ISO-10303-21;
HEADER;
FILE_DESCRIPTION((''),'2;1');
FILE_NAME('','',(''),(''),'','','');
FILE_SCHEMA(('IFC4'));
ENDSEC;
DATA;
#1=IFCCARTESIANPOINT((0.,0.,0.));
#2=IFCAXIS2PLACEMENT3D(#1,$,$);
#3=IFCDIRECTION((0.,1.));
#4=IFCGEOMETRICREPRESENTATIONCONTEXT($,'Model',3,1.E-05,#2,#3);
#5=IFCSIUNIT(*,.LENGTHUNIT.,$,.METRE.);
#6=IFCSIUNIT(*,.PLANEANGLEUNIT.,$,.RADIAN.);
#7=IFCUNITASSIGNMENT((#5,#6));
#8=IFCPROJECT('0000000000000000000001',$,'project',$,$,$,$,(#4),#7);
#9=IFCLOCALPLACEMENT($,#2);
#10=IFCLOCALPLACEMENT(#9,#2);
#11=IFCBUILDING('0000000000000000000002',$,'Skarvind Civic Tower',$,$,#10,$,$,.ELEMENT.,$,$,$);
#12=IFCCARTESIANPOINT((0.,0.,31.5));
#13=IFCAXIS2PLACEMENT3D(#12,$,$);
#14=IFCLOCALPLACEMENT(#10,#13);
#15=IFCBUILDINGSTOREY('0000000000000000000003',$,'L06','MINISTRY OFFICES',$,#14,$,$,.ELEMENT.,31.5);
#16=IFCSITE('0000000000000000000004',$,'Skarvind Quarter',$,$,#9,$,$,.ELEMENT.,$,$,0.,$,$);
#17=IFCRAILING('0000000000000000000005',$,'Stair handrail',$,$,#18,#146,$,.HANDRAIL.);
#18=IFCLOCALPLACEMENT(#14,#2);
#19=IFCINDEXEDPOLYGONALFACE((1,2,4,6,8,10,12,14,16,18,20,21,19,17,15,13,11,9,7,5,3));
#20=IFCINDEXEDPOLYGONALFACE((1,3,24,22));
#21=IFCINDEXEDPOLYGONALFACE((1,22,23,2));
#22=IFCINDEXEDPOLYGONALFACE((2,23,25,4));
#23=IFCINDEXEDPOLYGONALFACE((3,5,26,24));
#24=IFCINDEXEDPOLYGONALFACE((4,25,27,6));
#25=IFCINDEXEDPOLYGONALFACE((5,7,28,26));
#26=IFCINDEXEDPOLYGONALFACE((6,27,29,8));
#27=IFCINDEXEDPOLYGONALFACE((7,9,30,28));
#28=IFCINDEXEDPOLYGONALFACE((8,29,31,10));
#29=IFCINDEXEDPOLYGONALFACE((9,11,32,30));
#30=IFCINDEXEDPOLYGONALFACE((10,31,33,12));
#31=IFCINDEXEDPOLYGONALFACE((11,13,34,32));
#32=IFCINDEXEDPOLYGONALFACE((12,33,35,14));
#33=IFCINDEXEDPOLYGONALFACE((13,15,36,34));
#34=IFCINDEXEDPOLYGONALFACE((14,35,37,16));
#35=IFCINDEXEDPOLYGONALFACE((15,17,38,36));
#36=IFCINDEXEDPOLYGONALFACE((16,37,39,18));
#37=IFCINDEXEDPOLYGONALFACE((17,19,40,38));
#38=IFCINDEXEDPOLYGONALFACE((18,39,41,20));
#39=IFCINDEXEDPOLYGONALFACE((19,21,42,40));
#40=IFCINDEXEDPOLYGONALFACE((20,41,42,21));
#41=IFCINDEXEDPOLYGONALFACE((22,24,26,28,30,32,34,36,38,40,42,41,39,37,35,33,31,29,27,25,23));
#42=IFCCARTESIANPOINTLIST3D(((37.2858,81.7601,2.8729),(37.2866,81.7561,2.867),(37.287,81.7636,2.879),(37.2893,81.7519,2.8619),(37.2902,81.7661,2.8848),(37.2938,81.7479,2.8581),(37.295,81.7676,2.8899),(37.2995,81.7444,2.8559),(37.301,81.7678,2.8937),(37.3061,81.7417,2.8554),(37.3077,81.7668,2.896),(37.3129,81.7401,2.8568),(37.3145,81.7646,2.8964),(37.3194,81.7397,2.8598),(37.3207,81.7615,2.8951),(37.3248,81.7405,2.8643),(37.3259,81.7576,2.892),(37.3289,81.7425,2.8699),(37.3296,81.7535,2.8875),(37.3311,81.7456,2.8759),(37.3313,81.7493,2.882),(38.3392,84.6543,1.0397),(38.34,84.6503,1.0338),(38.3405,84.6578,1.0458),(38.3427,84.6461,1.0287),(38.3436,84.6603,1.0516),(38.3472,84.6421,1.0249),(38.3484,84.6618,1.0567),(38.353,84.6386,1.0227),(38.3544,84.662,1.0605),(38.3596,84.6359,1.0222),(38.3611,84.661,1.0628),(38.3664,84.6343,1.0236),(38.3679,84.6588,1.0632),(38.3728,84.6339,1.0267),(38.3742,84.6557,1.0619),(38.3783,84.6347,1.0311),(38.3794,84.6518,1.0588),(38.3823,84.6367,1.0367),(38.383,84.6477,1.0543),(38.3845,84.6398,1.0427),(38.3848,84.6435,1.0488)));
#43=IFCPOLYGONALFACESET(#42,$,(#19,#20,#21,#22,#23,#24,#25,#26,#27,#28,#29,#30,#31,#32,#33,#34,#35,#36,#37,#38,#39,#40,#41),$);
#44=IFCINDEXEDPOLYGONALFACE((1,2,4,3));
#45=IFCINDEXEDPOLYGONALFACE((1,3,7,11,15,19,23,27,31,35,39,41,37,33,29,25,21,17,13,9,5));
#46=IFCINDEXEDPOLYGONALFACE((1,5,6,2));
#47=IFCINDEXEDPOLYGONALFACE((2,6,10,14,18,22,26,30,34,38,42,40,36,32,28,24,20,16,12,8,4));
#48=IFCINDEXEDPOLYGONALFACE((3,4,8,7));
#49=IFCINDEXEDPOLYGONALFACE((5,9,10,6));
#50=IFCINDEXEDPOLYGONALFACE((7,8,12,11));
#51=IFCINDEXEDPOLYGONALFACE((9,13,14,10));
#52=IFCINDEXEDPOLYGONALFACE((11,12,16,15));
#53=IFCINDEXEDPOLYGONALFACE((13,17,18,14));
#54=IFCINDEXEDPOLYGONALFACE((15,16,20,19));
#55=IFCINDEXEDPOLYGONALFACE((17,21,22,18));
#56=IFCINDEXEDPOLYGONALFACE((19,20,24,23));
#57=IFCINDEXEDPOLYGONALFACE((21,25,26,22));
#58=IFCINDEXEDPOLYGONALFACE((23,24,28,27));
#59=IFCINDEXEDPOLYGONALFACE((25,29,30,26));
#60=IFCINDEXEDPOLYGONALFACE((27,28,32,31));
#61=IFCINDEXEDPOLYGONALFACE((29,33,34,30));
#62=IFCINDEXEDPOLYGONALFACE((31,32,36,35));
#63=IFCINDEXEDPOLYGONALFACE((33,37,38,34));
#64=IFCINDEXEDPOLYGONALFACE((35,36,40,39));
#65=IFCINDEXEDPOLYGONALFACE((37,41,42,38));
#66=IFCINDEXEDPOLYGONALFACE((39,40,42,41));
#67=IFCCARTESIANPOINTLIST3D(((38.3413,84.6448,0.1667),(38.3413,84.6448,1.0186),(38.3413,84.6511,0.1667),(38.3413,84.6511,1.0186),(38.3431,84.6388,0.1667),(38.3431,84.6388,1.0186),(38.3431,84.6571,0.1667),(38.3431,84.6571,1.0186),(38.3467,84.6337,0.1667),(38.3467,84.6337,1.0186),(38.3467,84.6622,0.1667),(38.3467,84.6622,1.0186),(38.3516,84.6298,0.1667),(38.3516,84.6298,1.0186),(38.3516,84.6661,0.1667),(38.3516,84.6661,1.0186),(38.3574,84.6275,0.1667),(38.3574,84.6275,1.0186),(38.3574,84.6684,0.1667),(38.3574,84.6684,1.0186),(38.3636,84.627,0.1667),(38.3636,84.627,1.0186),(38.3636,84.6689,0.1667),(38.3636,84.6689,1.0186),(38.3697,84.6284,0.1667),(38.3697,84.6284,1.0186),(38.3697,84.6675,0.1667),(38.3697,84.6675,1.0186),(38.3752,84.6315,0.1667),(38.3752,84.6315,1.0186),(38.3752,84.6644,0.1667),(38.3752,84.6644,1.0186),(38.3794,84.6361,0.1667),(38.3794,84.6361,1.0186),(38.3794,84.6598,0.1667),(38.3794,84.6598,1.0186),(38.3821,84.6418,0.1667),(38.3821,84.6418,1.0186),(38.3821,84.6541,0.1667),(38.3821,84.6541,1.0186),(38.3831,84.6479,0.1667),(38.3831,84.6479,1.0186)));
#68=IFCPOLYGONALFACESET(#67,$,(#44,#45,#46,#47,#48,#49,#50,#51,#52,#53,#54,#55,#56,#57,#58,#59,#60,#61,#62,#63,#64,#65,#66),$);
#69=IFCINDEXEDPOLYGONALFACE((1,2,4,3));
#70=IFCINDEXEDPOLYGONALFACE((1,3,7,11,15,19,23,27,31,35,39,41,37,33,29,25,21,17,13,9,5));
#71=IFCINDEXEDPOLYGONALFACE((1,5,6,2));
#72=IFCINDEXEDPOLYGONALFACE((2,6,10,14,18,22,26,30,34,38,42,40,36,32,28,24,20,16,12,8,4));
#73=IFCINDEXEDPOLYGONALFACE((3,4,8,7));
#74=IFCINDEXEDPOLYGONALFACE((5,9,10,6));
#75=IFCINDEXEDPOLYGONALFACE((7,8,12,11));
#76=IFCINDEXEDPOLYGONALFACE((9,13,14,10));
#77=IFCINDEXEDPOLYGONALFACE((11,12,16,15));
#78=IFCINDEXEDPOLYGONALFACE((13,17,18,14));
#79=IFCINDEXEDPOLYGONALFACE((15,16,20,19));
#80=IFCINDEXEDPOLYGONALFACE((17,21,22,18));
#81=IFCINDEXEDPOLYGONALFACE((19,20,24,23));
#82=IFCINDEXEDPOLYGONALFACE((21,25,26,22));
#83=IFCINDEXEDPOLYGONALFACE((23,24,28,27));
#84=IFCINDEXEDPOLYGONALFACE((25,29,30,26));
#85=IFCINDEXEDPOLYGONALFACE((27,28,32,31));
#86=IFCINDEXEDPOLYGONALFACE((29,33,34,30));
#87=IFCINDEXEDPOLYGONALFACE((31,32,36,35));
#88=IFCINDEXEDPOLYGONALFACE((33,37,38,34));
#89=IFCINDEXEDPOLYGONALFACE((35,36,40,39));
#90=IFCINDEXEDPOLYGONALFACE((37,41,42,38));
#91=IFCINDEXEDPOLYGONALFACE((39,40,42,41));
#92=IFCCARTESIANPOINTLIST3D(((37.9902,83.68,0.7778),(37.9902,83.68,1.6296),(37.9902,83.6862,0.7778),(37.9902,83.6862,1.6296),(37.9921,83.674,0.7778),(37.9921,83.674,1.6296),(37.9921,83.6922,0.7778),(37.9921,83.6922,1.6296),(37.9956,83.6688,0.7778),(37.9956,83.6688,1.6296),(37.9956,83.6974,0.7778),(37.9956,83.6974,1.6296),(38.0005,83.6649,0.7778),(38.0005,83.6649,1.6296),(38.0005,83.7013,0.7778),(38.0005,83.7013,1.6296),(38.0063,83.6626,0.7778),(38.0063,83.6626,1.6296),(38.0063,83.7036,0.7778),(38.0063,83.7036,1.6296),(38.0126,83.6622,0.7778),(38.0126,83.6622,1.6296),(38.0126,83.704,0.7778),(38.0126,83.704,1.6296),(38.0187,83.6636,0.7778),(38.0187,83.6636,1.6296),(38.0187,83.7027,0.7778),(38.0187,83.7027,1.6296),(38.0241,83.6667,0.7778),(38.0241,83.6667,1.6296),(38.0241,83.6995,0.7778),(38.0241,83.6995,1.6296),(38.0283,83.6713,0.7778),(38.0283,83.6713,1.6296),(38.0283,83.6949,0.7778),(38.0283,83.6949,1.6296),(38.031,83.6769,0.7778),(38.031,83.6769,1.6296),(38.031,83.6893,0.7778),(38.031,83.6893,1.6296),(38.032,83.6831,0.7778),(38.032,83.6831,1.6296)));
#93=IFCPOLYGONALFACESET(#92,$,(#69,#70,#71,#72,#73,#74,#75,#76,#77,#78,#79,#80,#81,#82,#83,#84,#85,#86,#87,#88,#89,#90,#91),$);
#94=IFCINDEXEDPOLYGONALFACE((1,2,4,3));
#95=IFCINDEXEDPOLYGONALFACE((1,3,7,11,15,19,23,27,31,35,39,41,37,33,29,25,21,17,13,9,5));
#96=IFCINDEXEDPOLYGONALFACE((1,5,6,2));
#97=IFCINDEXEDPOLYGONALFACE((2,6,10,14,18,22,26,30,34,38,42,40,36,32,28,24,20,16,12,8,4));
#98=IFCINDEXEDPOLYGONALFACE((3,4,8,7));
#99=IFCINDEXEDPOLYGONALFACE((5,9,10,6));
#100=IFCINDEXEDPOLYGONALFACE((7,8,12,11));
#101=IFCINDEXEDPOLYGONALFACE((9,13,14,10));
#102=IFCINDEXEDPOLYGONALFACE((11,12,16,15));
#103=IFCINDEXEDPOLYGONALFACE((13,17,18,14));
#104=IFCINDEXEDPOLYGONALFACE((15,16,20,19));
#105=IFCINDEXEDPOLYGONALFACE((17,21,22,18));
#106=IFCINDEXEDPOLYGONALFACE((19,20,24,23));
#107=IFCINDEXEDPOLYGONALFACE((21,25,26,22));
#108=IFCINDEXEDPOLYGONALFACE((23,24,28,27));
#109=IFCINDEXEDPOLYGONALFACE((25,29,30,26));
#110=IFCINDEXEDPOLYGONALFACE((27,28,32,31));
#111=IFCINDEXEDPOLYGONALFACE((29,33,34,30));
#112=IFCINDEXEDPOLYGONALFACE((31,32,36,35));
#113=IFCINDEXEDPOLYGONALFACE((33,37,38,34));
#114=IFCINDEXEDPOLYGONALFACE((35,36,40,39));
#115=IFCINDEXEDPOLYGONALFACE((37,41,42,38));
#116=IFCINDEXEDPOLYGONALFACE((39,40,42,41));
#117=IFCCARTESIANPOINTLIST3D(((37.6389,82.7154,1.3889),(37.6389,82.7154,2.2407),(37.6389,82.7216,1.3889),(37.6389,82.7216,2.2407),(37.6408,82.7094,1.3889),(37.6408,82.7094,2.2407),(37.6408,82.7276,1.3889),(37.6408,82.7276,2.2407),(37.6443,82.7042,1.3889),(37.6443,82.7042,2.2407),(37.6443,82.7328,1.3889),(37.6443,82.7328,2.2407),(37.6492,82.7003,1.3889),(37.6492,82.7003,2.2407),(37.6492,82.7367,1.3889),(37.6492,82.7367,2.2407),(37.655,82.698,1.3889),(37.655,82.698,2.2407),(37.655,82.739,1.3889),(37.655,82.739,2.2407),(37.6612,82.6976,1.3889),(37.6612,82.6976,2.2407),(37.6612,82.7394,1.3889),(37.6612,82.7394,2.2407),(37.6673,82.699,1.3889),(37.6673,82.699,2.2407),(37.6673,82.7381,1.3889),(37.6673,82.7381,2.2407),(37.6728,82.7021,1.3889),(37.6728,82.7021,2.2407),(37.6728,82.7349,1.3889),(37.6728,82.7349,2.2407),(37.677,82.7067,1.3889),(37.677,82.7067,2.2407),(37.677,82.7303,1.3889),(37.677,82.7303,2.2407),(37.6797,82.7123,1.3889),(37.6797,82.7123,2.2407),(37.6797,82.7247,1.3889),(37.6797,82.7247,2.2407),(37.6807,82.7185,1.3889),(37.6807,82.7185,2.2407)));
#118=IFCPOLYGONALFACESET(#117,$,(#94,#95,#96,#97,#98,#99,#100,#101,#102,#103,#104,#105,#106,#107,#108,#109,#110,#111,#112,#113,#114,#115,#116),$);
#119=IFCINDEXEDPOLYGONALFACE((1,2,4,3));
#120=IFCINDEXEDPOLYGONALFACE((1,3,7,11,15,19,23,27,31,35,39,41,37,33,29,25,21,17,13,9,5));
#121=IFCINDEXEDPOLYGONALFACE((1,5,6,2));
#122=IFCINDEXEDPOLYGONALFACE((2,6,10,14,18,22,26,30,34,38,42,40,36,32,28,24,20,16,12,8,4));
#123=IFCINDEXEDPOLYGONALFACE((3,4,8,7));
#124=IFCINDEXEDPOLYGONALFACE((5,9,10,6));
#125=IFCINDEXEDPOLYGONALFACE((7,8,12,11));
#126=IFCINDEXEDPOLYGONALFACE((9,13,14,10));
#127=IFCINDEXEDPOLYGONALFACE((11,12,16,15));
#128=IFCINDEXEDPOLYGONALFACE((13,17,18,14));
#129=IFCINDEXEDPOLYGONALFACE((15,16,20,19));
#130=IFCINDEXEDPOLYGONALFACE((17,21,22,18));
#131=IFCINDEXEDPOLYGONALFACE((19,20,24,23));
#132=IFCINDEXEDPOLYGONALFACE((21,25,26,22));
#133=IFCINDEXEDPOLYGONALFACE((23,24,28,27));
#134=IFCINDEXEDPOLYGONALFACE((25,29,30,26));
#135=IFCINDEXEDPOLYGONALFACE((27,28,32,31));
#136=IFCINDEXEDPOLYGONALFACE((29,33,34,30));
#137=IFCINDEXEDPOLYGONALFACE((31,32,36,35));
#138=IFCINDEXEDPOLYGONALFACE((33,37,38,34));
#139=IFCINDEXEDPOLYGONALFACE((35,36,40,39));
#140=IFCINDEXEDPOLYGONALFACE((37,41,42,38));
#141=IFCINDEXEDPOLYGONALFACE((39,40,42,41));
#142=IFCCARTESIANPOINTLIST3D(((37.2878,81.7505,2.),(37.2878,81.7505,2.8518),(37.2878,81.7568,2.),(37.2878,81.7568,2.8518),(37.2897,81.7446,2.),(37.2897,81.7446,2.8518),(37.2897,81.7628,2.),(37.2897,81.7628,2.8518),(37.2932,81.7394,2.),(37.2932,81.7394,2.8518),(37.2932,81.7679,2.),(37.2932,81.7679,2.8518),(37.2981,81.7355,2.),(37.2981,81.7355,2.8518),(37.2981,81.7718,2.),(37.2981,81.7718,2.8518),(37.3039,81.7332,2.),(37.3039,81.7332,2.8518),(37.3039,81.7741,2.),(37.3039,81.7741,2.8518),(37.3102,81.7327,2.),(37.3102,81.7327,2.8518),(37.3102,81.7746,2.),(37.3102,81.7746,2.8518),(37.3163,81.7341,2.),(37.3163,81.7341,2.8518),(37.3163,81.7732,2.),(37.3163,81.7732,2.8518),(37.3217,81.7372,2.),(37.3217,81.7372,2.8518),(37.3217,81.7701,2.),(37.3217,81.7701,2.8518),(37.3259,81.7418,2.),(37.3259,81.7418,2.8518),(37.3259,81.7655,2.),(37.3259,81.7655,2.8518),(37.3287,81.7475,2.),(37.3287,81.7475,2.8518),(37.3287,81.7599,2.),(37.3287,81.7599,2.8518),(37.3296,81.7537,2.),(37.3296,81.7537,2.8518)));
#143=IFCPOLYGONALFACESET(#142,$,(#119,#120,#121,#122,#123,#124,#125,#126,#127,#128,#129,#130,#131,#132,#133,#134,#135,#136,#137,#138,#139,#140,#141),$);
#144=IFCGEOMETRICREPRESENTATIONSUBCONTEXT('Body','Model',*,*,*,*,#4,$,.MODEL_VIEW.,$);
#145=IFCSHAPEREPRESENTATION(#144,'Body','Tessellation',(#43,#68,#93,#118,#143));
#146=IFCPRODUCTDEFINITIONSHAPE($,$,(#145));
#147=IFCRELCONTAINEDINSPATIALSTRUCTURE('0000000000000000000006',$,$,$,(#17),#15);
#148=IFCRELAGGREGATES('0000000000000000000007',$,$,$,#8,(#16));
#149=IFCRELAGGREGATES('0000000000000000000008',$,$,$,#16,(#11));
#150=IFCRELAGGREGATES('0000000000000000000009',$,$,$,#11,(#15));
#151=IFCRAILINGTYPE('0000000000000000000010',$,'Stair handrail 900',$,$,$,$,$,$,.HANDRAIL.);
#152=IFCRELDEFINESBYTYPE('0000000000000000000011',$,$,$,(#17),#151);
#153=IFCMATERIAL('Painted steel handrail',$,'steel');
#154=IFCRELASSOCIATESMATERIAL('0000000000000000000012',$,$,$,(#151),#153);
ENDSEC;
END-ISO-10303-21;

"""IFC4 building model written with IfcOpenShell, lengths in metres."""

from ifc_helpers import new_model, si_unit, direction, frame, origin, origin_2d, place, context, subcontext, project, spatial, circle, extrude, material, type_object, element, save


model = new_model("IFC4")

# Units and contexts
model_context = context("Model", 3, precision=1e-05, world=origin(), true_north=direction((0.0, 1.0)))
body_context = subcontext(model_context, "Body", "Model", "MODEL_VIEW")
ifc_project = project(units=[si_unit("LENGTHUNIT", "METRE"), si_unit("PLANEANGLEUNIT", "RADIAN")], contexts=[model_context])

# Site, building, storey
site_placement = place(None, origin())
site = spatial("IfcSite", under=ifc_project, at=site_placement, Name="Skarvind Quarter", CompositionType="ELEMENT", RefElevation=0.0)
building_placement = place(site_placement, origin())
building = spatial("IfcBuilding", under=site, at=building_placement, Name="Skarvind Civic Tower", CompositionType="ELEMENT")
storey_placement = place(building_placement, frame((0.0, 0.0, 31.5)))
storey = spatial("IfcBuildingStorey", under=building, at=storey_placement, Name="L06", Description="MINISTRY OFFICES", CompositionType="ELEMENT", Elevation=31.5)

# Railing
ifc_material_1 = material(Name="Painted steel handrail", Category="steel")
railing_type = type_object("IfcRailingType", Name="Stair handrail 900", PredefinedType="HANDRAIL", material=ifc_material_1)
railing_1_placement = place(storey_placement, frame((38.3621, 84.6479, 0.1667)))
element("IfcRailing", 1, at=railing_1_placement, inside=storey, type_object=railing_type, Name="Stair handrail", PredefinedType="HANDRAIL", context=body_context, shape_type="SweptSolid", body=[
    extrude(circle(Radius=0.0239, at=origin_2d()), frame((0.0, 0.0, 0.876), z_axis=(-0.293908, -0.807481, 0.511461), x_axis=(0.939689, -0.342029, 0.0)), (0.0, 0.0, 1.0), 3.5842),
    extrude(circle(Radius=0.021, at=origin_2d()), origin(), (0.0, 0.0, 1.0), 0.8518),
    extrude(circle(Radius=0.021, at=origin_2d()), frame((-0.3511, -0.9648, 0.6111)), (0.0, 0.0, 1.0), 0.8518),
    extrude(circle(Radius=0.021, at=origin_2d()), frame((-0.7024, -1.9294, 1.2222)), (0.0, 0.0, 1.0), 0.8518),
    extrude(circle(Radius=0.021, at=origin_2d()), frame((-1.0535, -2.8943, 1.8333)), (0.0, 0.0, 1.0), 0.8518),
])

save(model, "model.ifc")
